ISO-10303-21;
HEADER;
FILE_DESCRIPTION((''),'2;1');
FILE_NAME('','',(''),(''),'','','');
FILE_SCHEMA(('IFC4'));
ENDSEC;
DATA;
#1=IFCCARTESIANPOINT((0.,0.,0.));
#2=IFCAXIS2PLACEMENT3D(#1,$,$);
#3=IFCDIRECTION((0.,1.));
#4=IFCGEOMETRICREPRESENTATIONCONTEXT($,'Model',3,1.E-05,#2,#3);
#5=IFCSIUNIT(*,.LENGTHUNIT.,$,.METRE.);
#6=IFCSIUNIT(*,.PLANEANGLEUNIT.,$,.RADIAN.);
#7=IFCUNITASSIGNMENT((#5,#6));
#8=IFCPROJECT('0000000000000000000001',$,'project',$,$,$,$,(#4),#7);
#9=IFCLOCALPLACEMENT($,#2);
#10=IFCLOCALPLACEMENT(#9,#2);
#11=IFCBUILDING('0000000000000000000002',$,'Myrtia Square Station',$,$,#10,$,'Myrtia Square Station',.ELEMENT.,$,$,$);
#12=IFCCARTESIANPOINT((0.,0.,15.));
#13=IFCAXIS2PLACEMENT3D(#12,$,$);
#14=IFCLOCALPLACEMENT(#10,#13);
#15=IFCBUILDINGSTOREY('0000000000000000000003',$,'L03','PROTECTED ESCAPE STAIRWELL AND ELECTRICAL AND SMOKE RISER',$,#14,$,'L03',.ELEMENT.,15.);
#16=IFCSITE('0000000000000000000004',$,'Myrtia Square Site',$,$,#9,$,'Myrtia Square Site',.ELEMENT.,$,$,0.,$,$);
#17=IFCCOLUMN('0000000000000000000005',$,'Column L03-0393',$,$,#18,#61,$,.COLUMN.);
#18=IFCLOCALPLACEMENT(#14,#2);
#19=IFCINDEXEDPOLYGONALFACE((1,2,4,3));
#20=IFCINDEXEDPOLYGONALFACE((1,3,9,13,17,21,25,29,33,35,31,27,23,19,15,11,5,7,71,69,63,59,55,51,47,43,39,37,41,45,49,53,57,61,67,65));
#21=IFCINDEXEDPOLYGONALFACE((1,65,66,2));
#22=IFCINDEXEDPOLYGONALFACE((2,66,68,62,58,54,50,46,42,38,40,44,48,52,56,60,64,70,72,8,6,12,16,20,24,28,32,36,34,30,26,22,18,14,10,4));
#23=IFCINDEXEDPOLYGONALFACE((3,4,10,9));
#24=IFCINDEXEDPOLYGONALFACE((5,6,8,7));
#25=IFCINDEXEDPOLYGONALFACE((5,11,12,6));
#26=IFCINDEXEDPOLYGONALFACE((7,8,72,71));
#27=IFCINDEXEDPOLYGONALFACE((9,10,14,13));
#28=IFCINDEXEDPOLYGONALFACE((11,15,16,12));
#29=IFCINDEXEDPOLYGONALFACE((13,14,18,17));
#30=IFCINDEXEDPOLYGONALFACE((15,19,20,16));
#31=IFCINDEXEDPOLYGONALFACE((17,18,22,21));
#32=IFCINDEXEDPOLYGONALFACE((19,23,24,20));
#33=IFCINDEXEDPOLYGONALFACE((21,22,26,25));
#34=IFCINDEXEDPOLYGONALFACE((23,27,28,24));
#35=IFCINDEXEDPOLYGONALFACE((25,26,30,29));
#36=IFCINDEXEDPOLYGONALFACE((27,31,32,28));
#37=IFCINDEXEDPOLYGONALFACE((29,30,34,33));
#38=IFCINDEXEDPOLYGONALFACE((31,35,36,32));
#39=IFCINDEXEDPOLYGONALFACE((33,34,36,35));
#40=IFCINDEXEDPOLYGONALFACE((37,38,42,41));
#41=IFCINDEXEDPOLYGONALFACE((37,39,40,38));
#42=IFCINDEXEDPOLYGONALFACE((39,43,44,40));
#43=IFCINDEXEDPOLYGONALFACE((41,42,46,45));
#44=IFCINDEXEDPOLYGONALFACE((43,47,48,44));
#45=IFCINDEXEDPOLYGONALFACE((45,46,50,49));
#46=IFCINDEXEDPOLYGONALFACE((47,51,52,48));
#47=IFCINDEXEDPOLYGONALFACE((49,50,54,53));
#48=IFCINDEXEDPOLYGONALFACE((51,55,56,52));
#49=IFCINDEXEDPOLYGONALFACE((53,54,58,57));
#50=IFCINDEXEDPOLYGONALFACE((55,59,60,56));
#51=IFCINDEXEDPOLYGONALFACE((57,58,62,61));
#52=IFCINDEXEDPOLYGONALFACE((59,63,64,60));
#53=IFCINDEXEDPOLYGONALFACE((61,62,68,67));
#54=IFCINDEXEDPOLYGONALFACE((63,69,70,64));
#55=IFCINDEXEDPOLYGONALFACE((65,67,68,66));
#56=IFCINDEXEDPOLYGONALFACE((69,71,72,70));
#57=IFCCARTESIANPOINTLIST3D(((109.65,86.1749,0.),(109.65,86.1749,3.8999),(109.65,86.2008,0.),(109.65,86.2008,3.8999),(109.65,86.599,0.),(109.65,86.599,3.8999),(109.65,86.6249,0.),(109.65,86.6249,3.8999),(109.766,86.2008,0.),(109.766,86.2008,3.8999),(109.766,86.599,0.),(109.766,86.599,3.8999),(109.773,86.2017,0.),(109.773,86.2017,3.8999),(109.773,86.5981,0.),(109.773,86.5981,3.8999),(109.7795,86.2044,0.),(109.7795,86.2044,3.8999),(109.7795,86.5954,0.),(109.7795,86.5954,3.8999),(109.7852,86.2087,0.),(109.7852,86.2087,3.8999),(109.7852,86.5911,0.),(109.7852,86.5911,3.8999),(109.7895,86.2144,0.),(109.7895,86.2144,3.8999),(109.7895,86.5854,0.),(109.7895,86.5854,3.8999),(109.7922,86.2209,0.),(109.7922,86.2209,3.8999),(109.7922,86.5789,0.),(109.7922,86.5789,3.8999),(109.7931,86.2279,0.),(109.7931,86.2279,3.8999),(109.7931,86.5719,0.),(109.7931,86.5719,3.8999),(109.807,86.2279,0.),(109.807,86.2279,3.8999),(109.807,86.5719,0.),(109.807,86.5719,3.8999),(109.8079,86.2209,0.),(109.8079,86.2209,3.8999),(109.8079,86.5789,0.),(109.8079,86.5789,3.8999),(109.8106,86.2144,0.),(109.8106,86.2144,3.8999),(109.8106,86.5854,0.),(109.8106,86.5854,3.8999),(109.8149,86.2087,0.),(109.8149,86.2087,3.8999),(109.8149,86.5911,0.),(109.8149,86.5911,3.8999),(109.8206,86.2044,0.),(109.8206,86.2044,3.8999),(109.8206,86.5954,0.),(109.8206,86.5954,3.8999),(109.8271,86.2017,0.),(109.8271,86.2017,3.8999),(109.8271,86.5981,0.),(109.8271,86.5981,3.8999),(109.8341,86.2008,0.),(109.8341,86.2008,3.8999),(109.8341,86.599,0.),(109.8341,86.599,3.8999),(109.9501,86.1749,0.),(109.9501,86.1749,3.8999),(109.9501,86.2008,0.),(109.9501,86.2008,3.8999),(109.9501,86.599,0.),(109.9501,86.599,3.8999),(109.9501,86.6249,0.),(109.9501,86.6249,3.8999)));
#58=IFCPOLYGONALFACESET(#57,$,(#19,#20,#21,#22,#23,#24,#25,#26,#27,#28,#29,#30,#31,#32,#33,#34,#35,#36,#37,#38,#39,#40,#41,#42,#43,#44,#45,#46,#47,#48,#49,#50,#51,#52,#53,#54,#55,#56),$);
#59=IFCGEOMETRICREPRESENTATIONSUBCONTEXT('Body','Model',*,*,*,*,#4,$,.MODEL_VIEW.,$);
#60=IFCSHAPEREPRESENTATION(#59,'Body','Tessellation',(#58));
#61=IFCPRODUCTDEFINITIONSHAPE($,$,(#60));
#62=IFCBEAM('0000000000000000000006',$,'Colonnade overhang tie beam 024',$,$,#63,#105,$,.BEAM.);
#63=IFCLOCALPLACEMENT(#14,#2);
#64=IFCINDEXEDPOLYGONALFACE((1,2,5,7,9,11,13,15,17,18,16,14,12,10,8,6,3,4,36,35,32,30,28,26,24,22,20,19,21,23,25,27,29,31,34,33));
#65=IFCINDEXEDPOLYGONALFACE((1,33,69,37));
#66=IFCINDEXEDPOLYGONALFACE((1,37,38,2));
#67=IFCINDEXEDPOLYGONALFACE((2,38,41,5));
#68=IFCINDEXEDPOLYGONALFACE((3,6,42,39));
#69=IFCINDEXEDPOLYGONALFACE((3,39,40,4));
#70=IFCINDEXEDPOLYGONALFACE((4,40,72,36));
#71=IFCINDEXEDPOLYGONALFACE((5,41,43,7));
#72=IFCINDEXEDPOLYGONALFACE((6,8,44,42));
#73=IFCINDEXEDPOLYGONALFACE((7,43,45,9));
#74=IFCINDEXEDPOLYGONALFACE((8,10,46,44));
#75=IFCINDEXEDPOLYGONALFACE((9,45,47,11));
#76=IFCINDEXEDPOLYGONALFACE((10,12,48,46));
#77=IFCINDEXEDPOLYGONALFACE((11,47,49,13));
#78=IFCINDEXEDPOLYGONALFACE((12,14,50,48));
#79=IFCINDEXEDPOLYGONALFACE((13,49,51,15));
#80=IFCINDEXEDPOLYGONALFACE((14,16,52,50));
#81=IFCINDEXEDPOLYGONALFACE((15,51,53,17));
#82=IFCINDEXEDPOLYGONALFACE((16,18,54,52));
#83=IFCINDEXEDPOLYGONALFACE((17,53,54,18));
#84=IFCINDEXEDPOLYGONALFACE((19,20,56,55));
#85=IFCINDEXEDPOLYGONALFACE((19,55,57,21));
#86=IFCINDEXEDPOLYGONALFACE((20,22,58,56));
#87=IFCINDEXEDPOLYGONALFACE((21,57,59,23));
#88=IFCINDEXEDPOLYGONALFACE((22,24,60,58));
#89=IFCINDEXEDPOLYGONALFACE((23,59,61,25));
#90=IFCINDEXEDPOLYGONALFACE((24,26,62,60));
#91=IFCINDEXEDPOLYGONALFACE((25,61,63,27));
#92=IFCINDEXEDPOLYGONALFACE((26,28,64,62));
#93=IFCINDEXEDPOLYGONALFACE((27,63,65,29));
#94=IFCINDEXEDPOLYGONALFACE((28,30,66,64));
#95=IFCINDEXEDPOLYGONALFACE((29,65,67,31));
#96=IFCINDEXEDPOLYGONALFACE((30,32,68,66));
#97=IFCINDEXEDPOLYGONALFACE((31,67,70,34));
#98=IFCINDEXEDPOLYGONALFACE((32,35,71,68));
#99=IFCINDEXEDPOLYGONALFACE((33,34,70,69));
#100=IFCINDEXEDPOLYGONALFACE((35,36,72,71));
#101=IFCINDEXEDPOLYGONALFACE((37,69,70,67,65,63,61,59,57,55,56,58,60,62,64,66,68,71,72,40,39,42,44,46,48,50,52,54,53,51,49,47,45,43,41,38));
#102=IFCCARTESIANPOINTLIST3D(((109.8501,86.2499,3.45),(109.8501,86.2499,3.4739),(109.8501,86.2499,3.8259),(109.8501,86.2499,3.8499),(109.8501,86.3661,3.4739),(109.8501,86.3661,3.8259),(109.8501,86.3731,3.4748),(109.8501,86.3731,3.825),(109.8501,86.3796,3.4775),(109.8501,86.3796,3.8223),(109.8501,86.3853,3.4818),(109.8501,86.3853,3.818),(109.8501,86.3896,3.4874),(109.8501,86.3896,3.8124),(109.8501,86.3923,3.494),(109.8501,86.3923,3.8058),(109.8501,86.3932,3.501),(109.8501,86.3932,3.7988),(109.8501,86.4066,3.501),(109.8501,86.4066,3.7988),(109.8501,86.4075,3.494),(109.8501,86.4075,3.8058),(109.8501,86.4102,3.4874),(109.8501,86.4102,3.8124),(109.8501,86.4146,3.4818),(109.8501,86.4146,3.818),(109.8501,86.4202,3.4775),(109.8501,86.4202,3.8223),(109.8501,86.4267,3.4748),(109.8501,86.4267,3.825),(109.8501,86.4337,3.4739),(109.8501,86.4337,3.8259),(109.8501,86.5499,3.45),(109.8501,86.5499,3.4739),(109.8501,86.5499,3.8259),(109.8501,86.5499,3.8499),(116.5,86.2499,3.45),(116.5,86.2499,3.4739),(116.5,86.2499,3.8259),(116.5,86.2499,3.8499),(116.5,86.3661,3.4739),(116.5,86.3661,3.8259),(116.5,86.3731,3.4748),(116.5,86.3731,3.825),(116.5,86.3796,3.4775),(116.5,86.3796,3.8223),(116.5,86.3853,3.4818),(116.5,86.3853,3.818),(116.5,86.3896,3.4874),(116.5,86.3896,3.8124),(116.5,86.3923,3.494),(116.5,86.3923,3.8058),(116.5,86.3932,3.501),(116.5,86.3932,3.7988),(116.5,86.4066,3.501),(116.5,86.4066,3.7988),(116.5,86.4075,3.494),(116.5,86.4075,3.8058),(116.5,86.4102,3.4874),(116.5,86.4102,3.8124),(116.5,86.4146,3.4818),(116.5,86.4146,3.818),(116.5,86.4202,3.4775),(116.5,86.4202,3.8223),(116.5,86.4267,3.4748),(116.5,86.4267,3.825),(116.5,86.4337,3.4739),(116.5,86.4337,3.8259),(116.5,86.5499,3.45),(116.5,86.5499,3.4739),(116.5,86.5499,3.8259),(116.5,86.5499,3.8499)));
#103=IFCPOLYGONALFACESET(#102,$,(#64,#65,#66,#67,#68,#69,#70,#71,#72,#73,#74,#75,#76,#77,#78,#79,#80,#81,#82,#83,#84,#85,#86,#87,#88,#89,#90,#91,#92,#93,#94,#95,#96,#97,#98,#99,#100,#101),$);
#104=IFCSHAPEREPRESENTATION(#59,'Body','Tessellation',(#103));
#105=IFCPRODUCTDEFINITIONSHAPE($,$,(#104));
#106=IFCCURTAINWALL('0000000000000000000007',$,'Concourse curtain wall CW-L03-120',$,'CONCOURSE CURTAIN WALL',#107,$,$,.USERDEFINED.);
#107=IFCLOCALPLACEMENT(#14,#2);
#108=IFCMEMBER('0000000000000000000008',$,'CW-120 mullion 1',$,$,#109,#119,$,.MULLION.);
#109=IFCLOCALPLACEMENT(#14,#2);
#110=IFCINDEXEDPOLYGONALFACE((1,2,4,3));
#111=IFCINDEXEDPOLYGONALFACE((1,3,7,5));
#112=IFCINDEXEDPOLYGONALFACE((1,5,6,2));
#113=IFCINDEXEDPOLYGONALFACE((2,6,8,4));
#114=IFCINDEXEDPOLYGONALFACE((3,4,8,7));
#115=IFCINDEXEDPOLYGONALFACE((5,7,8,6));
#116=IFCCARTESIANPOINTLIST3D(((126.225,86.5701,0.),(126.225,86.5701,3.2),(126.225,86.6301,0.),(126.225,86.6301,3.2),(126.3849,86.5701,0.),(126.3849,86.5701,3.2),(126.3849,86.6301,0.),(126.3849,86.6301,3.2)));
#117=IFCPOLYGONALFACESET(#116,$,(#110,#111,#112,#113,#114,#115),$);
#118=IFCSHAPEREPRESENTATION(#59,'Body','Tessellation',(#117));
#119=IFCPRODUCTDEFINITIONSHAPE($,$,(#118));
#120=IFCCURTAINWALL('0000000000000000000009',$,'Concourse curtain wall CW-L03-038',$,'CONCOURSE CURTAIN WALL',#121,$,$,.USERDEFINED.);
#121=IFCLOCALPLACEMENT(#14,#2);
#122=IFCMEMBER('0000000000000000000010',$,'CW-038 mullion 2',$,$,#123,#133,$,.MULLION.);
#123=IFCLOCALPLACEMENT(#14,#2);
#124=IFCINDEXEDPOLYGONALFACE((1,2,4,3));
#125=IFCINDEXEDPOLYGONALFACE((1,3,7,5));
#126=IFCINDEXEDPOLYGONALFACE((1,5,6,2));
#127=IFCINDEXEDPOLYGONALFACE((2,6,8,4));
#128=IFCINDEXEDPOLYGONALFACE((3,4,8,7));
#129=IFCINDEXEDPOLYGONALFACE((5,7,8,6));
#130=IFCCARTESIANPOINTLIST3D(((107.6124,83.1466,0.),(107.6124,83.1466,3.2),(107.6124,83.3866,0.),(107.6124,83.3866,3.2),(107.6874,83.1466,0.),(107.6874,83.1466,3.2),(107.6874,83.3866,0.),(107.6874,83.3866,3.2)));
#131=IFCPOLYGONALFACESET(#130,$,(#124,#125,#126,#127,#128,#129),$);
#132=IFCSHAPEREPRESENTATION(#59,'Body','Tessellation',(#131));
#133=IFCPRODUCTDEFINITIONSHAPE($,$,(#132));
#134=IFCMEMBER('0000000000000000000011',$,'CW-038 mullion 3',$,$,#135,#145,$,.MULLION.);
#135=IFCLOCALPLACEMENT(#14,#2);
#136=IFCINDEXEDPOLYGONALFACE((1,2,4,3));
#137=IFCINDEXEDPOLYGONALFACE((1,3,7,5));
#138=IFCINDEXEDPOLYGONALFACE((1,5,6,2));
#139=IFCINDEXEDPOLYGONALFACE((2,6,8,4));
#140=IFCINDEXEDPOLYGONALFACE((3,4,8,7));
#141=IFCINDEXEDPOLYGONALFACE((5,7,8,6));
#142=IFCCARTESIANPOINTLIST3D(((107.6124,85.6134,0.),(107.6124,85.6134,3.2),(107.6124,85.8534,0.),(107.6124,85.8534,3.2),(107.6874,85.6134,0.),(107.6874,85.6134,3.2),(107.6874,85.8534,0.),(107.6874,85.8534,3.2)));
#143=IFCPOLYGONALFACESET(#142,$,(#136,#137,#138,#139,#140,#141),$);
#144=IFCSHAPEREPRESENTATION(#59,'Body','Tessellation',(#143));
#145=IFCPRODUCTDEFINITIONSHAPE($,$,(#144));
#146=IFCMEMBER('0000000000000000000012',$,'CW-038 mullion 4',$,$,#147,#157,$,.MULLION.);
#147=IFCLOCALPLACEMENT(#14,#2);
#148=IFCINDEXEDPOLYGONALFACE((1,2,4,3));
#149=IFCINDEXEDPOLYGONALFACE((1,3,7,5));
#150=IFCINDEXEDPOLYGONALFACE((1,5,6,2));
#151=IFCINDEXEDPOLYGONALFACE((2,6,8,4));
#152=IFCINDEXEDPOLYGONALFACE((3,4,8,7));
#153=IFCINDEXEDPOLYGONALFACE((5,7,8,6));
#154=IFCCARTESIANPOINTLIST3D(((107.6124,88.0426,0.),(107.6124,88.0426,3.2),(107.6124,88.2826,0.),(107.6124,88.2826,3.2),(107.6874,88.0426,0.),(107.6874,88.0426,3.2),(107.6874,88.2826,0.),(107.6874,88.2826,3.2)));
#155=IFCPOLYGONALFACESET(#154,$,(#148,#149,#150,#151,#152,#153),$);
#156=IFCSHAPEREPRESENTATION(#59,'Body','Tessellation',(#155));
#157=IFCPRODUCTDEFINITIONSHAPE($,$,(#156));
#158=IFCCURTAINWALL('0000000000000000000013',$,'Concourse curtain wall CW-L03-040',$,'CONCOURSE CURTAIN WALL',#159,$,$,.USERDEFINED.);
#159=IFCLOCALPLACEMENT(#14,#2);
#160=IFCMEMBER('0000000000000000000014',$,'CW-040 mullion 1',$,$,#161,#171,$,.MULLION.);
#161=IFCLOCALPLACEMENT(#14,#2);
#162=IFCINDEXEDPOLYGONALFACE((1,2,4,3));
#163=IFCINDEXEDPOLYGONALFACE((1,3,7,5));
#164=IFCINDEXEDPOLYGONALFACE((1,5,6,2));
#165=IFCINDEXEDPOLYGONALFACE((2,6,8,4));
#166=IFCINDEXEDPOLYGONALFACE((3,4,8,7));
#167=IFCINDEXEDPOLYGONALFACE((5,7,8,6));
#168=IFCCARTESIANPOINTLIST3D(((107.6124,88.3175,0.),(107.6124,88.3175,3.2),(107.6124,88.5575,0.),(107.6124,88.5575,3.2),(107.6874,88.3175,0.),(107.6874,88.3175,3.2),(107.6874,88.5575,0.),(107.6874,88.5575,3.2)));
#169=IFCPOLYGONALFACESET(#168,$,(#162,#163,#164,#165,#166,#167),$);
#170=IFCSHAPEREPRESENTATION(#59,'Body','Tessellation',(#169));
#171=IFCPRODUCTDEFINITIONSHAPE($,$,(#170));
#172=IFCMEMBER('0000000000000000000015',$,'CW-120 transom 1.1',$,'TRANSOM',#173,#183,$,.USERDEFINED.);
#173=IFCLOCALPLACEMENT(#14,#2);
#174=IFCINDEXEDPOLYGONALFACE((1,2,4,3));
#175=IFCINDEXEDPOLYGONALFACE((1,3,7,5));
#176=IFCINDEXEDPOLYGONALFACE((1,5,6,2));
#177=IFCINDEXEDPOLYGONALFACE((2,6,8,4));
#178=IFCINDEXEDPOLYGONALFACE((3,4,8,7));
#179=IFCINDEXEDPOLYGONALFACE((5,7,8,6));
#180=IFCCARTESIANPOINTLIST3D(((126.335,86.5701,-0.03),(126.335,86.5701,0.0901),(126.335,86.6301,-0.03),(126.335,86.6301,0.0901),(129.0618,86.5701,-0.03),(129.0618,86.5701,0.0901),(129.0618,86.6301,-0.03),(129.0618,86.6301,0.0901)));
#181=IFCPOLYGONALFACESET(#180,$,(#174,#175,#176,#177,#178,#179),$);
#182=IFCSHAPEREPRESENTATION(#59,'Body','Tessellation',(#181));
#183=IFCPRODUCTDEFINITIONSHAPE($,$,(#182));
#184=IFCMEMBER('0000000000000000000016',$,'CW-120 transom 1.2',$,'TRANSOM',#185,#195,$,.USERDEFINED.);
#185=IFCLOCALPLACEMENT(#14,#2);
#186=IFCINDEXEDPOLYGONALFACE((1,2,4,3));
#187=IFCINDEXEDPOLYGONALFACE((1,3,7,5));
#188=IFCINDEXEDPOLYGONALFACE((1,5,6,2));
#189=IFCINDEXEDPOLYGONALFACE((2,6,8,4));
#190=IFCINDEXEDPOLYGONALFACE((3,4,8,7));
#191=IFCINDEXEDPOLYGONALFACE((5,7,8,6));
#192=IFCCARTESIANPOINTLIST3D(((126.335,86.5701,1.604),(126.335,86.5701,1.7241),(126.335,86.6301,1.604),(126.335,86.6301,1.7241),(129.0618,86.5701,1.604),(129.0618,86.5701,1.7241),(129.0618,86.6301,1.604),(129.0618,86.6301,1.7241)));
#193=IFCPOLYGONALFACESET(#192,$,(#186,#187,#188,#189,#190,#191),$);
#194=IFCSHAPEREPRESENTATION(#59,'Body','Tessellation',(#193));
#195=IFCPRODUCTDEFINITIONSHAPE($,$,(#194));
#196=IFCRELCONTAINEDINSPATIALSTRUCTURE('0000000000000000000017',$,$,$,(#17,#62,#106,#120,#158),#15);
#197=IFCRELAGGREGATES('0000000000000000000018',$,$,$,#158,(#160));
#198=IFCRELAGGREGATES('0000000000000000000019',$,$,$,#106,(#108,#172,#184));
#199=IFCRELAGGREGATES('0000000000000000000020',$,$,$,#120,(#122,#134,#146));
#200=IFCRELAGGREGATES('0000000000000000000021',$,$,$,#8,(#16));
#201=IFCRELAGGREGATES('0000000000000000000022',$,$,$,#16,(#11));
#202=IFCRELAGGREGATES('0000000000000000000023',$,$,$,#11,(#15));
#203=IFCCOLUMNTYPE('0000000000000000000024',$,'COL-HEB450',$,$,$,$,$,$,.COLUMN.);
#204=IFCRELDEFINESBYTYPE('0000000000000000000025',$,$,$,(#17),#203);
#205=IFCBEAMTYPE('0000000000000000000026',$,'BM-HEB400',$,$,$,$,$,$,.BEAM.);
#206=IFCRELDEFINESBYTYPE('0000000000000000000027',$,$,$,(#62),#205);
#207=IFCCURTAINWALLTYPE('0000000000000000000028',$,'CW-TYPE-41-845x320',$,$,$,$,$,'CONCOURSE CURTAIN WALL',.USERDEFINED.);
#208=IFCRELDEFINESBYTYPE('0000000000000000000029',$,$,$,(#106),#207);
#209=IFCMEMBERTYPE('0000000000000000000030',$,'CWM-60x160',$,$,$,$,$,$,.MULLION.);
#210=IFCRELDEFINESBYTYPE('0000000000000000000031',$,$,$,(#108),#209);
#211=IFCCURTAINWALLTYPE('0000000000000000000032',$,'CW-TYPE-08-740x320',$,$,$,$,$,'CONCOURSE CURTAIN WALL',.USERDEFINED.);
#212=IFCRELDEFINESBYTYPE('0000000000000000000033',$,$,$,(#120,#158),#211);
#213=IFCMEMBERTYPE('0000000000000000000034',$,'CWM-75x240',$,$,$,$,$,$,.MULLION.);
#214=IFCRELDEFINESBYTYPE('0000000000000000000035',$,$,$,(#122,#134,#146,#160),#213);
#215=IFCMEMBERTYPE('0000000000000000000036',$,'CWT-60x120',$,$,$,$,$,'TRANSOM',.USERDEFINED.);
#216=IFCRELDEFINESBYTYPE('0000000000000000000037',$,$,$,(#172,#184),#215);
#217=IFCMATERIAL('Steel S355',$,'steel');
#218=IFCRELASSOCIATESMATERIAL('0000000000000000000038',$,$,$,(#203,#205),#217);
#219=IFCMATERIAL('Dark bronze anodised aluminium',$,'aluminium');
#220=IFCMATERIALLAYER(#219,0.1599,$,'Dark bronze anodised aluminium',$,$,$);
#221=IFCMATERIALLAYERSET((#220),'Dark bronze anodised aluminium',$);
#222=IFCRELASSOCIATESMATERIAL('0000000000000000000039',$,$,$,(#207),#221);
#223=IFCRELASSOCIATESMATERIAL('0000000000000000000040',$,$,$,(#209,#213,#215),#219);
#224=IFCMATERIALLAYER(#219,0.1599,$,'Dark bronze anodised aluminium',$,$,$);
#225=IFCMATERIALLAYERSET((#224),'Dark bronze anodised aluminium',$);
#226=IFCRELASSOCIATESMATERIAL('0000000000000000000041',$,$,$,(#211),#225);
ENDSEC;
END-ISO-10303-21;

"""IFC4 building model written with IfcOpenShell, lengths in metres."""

from ifc_helpers import new_model, si_unit, direction, frame, origin, origin_2d, place, context, subcontext, project, spatial, rectangle, i_section, extrude, material, layer, layer_set, material_profile, profile_set, type_object, element, aggregate, save


model = new_model("IFC4")

# Units and contexts
model_context = context("Model", 3, precision=1e-05, world=origin(), true_north=direction((0.0, 1.0)))
body_context = subcontext(model_context, "Body", "Model", "MODEL_VIEW")
ifc_project = project(units=[si_unit("LENGTHUNIT", "METRE"), si_unit("PLANEANGLEUNIT", "RADIAN")], contexts=[model_context])

# Site, building, storey
site_placement = place(None, origin())
site = spatial("IfcSite", under=ifc_project, at=site_placement, Name="Myrtia Square Site", LongName="Myrtia Square Site", CompositionType="ELEMENT", RefElevation=0.0)
building_placement = place(site_placement, origin())
building = spatial("IfcBuilding", under=site, at=building_placement, Name="Myrtia Square Station", LongName="Myrtia Square Station", CompositionType="ELEMENT")
storey_placement = place(building_placement, frame((0.0, 0.0, 15.0)))
storey = spatial("IfcBuildingStorey", under=building, at=storey_placement, Name="L03", Description="PROTECTED ESCAPE STAIRWELL AND ELECTRICAL AND SMOKE RISER", LongName="L03", CompositionType="ELEMENT", Elevation=15.0)

# Column
ifc_material_1 = material(Name="Steel S355", Category="steel")
ifc_material_profile_1 = material_profile(ifc_material_1, i_section(OverallWidth=0.3, OverallDepth=0.45, WebThickness=0.0139, FlangeThickness=0.0259, FilletRadius=0.0271, at=origin_2d()), Name="HEB 450")
ifc_profile_set_1 = profile_set([ifc_material_profile_1], Name="Steel S355")
column_type_1 = type_object("IfcColumnType", Name="COL-HEB450", PredefinedType="COLUMN", material=ifc_profile_set_1)
column_1_placement = place(storey_placement, frame((109.8, 86.3999, 0.0), z_axis=(0.0, 0.0, 1.0), x_axis=(1.0, 0.0, 0.0)))
element("IfcColumn", 1, at=column_1_placement, inside=storey, type_object=column_type_1, Name="Column L03-0393", PredefinedType="COLUMN", context=body_context, shape_type="SweptSolid", body=[
    extrude(i_section(OverallWidth=0.3, OverallDepth=0.45, WebThickness=0.0139, FlangeThickness=0.0259, FilletRadius=0.0271, at=origin_2d()), origin(), (0.0, 0.0, 1.0), 3.8999),
])

# Beam
ifc_material_profile_2 = material_profile(ifc_material_1, i_section(OverallWidth=0.3, OverallDepth=0.3999, WebThickness=0.0134, FlangeThickness=0.0239, FilletRadius=0.0271, at=origin_2d()), Name="HEB 400")
ifc_profile_set_2 = profile_set([ifc_material_profile_2], Name="Steel S355")
beam_type_1 = type_object("IfcBeamType", Name="BM-HEB400", PredefinedType="BEAM", material=ifc_profile_set_2)
beam_1_placement = place(storey_placement, frame((109.8501, 86.3999, 3.6499), z_axis=(1.0, 0.0, 0.0), x_axis=(0.0, 1.0, 0.0)))
element("IfcBeam", 2, at=beam_1_placement, inside=storey, type_object=beam_type_1, Name="Colonnade overhang tie beam 024", PredefinedType="BEAM", context=body_context, shape_type="SweptSolid", body=[
    extrude(i_section(OverallWidth=0.3, OverallDepth=0.3999, WebThickness=0.0134, FlangeThickness=0.0239, FilletRadius=0.0271, at=origin_2d()), origin(), (0.0, 0.0, 1.0), 6.6499),
])

# Curtain wall, member
ifc_material_2 = material(Name="Dark bronze anodised aluminium", Category="aluminium")
ifc_layer_1 = layer(ifc_material_2, 0.1599, Name="Dark bronze anodised aluminium")
ifc_layer_set_1 = layer_set([ifc_layer_1], Name="Dark bronze anodised aluminium")
curtain_wall_type_1 = type_object("IfcCurtainWallType", Name="CW-TYPE-41-845x320", ElementType="CONCOURSE CURTAIN WALL", PredefinedType="USERDEFINED", material=ifc_layer_set_1)
curtain_wall_1_placement = place(storey_placement, origin())
curtain_wall_1 = element("IfcCurtainWall", 3, at=curtain_wall_1_placement, inside=storey, type_object=curtain_wall_type_1, Name="Concourse curtain wall CW-L03-120", ObjectType="CONCOURSE CURTAIN WALL", PredefinedType="USERDEFINED")
ifc_material_profile_3 = material_profile(ifc_material_2, rectangle(XDim=0.0601, YDim=0.1599, at=origin_2d()), Name="ALU-M 60x160")
ifc_profile_set_3 = profile_set([ifc_material_profile_3], Name="Dark bronze anodised aluminium")
member_type_1 = type_object("IfcMemberType", Name="CWM-60x160", PredefinedType="MULLION", material=ifc_profile_set_3)
member_1_placement = place(storey_placement, frame((126.3049, 86.6001, 0.0), z_axis=(0.0, 0.0, 1.0), x_axis=(0.0, 1.0, 0.0)))
member_1 = element("IfcMember", 4, at=member_1_placement, type_object=member_type_1, Name="CW-120 mullion 1", PredefinedType="MULLION", context=body_context, shape_type="SweptSolid", body=[
    extrude(rectangle(XDim=0.0601, YDim=0.1599, at=origin_2d()), origin(), (0.0, 0.0, 1.0), 3.2),
])

# Curtain wall, members
ifc_layer_2 = layer(ifc_material_2, 0.1599, Name="Dark bronze anodised aluminium")
ifc_layer_set_2 = layer_set([ifc_layer_2], Name="Dark bronze anodised aluminium")
curtain_wall_type_2 = type_object("IfcCurtainWallType", Name="CW-TYPE-08-740x320", ElementType="CONCOURSE CURTAIN WALL", PredefinedType="USERDEFINED", material=ifc_layer_set_2)
curtain_wall_2_placement = place(storey_placement, origin())
curtain_wall_2 = element("IfcCurtainWall", 5, at=curtain_wall_2_placement, inside=storey, type_object=curtain_wall_type_2, Name="Concourse curtain wall CW-L03-038", ObjectType="CONCOURSE CURTAIN WALL", PredefinedType="USERDEFINED")
ifc_material_profile_4 = material_profile(ifc_material_2, rectangle(XDim=0.075, YDim=0.24, at=origin_2d()), Name="ALU-M 75x240")
ifc_profile_set_4 = profile_set([ifc_material_profile_4], Name="Dark bronze anodised aluminium")
member_type_2 = type_object("IfcMemberType", Name="CWM-75x240", PredefinedType="MULLION", material=ifc_profile_set_4)
member_2_placement = place(storey_placement, frame((107.6499, 83.2666, 0.0), z_axis=(0.0, 0.0, 1.0), x_axis=(-1.0, 0.0, 0.0)))
member_2 = element("IfcMember", 6, at=member_2_placement, type_object=member_type_2, Name="CW-038 mullion 2", PredefinedType="MULLION", context=body_context, shape_type="SweptSolid", body=[
    extrude(rectangle(XDim=0.075, YDim=0.24, at=origin_2d()), origin(), (0.0, 0.0, 1.0), 3.2),
])
member_3_placement = place(storey_placement, frame((107.6499, 85.7334, 0.0), z_axis=(0.0, 0.0, 1.0), x_axis=(-1.0, 0.0, 0.0)))
member_3 = element("IfcMember", 7, at=member_3_placement, type_object=member_type_2, Name="CW-038 mullion 3", PredefinedType="MULLION", context=body_context, shape_type="SweptSolid", body=[
    extrude(rectangle(XDim=0.075, YDim=0.24, at=origin_2d()), origin(), (0.0, 0.0, 1.0), 3.2),
])
member_4_placement = place(storey_placement, frame((107.6499, 88.1626, 0.0), z_axis=(0.0, 0.0, 1.0), x_axis=(-1.0, 0.0, 0.0)))
member_4 = element("IfcMember", 8, at=member_4_placement, type_object=member_type_2, Name="CW-038 mullion 4", PredefinedType="MULLION", context=body_context, shape_type="SweptSolid", body=[
    extrude(rectangle(XDim=0.075, YDim=0.24, at=origin_2d()), origin(), (0.0, 0.0, 1.0), 3.2),
])

# Curtain wall, member
curtain_wall_3_placement = place(storey_placement, origin())
curtain_wall_3 = element("IfcCurtainWall", 9, at=curtain_wall_3_placement, inside=storey, type_object=curtain_wall_type_2, Name="Concourse curtain wall CW-L03-040", ObjectType="CONCOURSE CURTAIN WALL", PredefinedType="USERDEFINED")
member_5_placement = place(storey_placement, frame((107.6499, 88.4375, 0.0), z_axis=(0.0, 0.0, 1.0), x_axis=(-1.0, 0.0, 0.0)))
member_5 = element("IfcMember", 10, at=member_5_placement, type_object=member_type_2, Name="CW-040 mullion 1", PredefinedType="MULLION", context=body_context, shape_type="SweptSolid", body=[
    extrude(rectangle(XDim=0.075, YDim=0.24, at=origin_2d()), origin(), (0.0, 0.0, 1.0), 3.2),
])
aggregate(curtain_wall_3, [member_5])

# Members
ifc_material_profile_5 = material_profile(ifc_material_2, rectangle(XDim=0.0601, YDim=0.1201, at=origin_2d()), Name="ALU-T 60x120")
ifc_profile_set_5 = profile_set([ifc_material_profile_5], Name="Dark bronze anodised aluminium")
member_type_3 = type_object("IfcMemberType", Name="CWT-60x120", ElementType="TRANSOM", PredefinedType="USERDEFINED", material=ifc_profile_set_5)
member_6_placement = place(storey_placement, frame((126.335, 86.6001, 0.03), z_axis=(1.0, 0.0, 0.0), x_axis=(0.0, 1.0, 0.0)))
member_6 = element("IfcMember", 11, at=member_6_placement, type_object=member_type_3, Name="CW-120 transom 1.1", ObjectType="TRANSOM", PredefinedType="USERDEFINED", context=body_context, shape_type="SweptSolid", body=[
    extrude(rectangle(XDim=0.0601, YDim=0.1201, at=origin_2d()), origin(), (0.0, 0.0, 1.0), 2.7268),
])
member_7_placement = place(storey_placement, frame((126.335, 86.6001, 1.6641), z_axis=(1.0, 0.0, 0.0), x_axis=(0.0, 1.0, 0.0)))
member_7 = element("IfcMember", 12, at=member_7_placement, type_object=member_type_3, Name="CW-120 transom 1.2", ObjectType="TRANSOM", PredefinedType="USERDEFINED", context=body_context, shape_type="SweptSolid", body=[
    extrude(rectangle(XDim=0.0601, YDim=0.1201, at=origin_2d()), origin(), (0.0, 0.0, 1.0), 2.7268),
])
aggregate(curtain_wall_1, [member_1, member_6, member_7])

aggregate(curtain_wall_2, [member_2, member_3, member_4])

save(model, "model.ifc")
